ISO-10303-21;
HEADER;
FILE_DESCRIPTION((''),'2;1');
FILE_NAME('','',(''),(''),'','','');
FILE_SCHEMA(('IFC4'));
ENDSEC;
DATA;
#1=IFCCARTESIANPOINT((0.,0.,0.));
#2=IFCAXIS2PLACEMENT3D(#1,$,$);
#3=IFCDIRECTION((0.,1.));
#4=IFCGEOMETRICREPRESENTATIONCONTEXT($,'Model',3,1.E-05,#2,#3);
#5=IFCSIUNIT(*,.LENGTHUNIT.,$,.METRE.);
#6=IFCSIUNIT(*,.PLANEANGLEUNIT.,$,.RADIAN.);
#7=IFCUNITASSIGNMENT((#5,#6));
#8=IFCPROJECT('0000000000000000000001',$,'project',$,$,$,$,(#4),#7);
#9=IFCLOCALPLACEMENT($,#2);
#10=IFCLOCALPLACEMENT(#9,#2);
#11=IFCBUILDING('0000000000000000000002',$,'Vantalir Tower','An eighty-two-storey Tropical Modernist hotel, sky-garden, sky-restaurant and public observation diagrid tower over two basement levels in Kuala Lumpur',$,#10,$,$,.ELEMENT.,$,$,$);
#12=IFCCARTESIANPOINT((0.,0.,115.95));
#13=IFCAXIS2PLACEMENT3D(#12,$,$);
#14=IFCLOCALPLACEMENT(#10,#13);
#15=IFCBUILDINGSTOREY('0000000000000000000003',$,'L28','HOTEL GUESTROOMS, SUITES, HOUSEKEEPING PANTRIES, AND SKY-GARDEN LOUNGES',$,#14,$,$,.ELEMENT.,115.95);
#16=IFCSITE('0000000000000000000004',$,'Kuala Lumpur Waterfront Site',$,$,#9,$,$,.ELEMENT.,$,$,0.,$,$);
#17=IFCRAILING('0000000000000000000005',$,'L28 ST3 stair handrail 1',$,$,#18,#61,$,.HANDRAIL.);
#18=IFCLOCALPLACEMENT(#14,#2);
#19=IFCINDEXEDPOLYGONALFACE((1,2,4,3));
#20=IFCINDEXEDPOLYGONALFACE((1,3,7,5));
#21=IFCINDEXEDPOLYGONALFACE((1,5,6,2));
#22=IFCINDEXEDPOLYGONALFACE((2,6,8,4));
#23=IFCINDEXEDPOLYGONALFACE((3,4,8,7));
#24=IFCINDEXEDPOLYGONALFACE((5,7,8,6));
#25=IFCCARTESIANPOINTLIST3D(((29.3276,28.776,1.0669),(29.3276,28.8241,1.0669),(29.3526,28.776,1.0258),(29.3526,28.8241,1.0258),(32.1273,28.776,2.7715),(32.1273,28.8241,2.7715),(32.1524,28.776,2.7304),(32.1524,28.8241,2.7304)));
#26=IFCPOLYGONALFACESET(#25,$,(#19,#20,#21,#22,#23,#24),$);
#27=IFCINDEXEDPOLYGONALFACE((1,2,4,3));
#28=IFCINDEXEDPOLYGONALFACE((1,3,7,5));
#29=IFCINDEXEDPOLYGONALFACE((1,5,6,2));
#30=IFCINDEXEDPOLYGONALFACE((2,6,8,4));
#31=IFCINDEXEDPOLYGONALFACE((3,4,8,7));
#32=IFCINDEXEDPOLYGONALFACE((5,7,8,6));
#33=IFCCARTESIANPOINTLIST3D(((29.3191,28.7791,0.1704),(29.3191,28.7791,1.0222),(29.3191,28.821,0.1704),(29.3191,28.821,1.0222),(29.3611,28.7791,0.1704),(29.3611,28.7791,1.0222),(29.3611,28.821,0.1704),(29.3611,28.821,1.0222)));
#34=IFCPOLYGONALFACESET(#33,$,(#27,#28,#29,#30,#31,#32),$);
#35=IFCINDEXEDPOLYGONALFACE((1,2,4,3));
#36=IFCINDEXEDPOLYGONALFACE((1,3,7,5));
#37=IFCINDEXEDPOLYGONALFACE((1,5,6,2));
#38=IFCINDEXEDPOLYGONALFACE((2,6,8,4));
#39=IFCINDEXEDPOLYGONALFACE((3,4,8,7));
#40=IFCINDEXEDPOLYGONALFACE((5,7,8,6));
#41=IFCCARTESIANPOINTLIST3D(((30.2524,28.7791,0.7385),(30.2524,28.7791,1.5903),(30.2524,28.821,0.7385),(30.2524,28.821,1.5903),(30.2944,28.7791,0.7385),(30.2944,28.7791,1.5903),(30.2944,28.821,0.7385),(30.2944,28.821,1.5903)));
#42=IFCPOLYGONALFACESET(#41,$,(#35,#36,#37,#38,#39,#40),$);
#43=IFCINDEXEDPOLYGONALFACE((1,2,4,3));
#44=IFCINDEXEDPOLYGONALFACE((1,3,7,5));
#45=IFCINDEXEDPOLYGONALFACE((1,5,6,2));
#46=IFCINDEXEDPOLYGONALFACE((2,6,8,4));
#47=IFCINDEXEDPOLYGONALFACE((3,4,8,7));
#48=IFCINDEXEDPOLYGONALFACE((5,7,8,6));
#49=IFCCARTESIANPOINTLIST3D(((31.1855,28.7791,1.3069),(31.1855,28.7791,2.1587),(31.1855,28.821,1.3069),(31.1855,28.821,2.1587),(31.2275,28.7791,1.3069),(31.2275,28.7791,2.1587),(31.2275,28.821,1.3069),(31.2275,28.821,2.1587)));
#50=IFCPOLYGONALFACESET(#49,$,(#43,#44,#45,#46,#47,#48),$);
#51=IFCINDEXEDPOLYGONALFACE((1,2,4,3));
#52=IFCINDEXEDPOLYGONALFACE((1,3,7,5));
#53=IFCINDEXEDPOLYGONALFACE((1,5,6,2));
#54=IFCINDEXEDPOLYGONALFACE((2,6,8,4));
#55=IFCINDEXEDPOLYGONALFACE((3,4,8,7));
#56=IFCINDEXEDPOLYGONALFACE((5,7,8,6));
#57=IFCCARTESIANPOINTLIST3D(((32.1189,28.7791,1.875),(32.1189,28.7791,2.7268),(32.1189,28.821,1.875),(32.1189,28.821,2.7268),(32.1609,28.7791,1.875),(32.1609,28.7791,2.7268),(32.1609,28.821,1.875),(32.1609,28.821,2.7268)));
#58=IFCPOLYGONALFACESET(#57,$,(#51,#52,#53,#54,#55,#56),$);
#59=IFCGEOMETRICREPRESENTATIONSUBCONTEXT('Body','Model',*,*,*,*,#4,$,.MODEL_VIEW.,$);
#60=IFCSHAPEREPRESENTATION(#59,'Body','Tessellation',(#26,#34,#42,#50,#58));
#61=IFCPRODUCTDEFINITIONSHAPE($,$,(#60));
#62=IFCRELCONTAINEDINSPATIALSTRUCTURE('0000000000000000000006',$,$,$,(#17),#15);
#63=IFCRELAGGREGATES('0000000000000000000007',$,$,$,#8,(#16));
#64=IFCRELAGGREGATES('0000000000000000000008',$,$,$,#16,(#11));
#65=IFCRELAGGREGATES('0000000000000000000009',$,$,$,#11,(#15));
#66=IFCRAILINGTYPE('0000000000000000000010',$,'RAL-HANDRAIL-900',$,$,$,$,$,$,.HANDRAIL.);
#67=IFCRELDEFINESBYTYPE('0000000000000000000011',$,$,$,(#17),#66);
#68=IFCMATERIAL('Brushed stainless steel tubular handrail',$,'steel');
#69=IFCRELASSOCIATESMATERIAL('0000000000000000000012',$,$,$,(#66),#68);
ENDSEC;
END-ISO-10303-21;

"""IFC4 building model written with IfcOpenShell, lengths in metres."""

from ifc_helpers import new_model, si_unit, direction, frame, origin, origin_2d, place, context, subcontext, project, spatial, rectangle, extrude, material, type_object, element, save


model = new_model("IFC4")

# Units and contexts
model_context = context("Model", 3, precision=1e-05, world=origin(), true_north=direction((0.0, 1.0)))
body_context = subcontext(model_context, "Body", "Model", "MODEL_VIEW")
ifc_project = project(units=[si_unit("LENGTHUNIT", "METRE"), si_unit("PLANEANGLEUNIT", "RADIAN")], contexts=[model_context])

# Site, building, storey
site_placement = place(None, origin())
site = spatial("IfcSite", under=ifc_project, at=site_placement, Name="Kuala Lumpur Waterfront Site", CompositionType="ELEMENT", RefElevation=0.0)
building_placement = place(site_placement, origin())
building = spatial("IfcBuilding", under=site, at=building_placement, Name="Vantalir Tower", Description="An eighty-two-storey Tropical Modernist hotel, sky-garden, sky-restaurant and public observation diagrid tower over two basement levels in Kuala Lumpur", CompositionType="ELEMENT")
storey_placement = place(building_placement, frame((0.0, 0.0, 115.95)))
storey = spatial("IfcBuildingStorey", under=building, at=storey_placement, Name="L28", Description="HOTEL GUESTROOMS, SUITES, HOUSEKEEPING PANTRIES, AND SKY-GARDEN LOUNGES", CompositionType="ELEMENT", Elevation=115.95)

# Railing
ifc_material_1 = material(Name="Brushed stainless steel tubular handrail", Category="steel")
railing_type_1 = type_object("IfcRailingType", Name="RAL-HANDRAIL-900", PredefinedType="HANDRAIL", material=ifc_material_1)
railing_1_placement = place(storey_placement, frame((29.3401, 28.8, 0.1704)))
element("IfcRailing", 1, at=railing_1_placement, inside=storey, type_object=railing_type_1, Name="L28 ST3 stair handrail 1", PredefinedType="HANDRAIL", context=body_context, shape_type="SweptSolid", body=[
    extrude(rectangle(XDim=0.0481, YDim=0.0481, at=origin_2d()), frame((0.0, 0.0, 0.876), z_axis=(0.85415, 0.0, 0.520027), x_axis=(0.0, 1.0, 0.0)), (0.0, 0.0, 1.0), 3.2778),
    extrude(rectangle(XDim=0.042, YDim=0.042, at=origin_2d()), origin(), (0.0, 0.0, 1.0), 0.8518),
    extrude(rectangle(XDim=0.042, YDim=0.042, at=origin_2d()), frame((0.9333, 0.0, 0.5681)), (0.0, 0.0, 1.0), 0.8518),
    extrude(rectangle(XDim=0.042, YDim=0.042, at=origin_2d()), frame((1.8665, 0.0, 1.1365)), (0.0, 0.0, 1.0), 0.8518),
    extrude(rectangle(XDim=0.042, YDim=0.042, at=origin_2d()), frame((2.7998, 0.0, 1.7046)), (0.0, 0.0, 1.0), 0.8518),
])

save(model, "model.ifc")
